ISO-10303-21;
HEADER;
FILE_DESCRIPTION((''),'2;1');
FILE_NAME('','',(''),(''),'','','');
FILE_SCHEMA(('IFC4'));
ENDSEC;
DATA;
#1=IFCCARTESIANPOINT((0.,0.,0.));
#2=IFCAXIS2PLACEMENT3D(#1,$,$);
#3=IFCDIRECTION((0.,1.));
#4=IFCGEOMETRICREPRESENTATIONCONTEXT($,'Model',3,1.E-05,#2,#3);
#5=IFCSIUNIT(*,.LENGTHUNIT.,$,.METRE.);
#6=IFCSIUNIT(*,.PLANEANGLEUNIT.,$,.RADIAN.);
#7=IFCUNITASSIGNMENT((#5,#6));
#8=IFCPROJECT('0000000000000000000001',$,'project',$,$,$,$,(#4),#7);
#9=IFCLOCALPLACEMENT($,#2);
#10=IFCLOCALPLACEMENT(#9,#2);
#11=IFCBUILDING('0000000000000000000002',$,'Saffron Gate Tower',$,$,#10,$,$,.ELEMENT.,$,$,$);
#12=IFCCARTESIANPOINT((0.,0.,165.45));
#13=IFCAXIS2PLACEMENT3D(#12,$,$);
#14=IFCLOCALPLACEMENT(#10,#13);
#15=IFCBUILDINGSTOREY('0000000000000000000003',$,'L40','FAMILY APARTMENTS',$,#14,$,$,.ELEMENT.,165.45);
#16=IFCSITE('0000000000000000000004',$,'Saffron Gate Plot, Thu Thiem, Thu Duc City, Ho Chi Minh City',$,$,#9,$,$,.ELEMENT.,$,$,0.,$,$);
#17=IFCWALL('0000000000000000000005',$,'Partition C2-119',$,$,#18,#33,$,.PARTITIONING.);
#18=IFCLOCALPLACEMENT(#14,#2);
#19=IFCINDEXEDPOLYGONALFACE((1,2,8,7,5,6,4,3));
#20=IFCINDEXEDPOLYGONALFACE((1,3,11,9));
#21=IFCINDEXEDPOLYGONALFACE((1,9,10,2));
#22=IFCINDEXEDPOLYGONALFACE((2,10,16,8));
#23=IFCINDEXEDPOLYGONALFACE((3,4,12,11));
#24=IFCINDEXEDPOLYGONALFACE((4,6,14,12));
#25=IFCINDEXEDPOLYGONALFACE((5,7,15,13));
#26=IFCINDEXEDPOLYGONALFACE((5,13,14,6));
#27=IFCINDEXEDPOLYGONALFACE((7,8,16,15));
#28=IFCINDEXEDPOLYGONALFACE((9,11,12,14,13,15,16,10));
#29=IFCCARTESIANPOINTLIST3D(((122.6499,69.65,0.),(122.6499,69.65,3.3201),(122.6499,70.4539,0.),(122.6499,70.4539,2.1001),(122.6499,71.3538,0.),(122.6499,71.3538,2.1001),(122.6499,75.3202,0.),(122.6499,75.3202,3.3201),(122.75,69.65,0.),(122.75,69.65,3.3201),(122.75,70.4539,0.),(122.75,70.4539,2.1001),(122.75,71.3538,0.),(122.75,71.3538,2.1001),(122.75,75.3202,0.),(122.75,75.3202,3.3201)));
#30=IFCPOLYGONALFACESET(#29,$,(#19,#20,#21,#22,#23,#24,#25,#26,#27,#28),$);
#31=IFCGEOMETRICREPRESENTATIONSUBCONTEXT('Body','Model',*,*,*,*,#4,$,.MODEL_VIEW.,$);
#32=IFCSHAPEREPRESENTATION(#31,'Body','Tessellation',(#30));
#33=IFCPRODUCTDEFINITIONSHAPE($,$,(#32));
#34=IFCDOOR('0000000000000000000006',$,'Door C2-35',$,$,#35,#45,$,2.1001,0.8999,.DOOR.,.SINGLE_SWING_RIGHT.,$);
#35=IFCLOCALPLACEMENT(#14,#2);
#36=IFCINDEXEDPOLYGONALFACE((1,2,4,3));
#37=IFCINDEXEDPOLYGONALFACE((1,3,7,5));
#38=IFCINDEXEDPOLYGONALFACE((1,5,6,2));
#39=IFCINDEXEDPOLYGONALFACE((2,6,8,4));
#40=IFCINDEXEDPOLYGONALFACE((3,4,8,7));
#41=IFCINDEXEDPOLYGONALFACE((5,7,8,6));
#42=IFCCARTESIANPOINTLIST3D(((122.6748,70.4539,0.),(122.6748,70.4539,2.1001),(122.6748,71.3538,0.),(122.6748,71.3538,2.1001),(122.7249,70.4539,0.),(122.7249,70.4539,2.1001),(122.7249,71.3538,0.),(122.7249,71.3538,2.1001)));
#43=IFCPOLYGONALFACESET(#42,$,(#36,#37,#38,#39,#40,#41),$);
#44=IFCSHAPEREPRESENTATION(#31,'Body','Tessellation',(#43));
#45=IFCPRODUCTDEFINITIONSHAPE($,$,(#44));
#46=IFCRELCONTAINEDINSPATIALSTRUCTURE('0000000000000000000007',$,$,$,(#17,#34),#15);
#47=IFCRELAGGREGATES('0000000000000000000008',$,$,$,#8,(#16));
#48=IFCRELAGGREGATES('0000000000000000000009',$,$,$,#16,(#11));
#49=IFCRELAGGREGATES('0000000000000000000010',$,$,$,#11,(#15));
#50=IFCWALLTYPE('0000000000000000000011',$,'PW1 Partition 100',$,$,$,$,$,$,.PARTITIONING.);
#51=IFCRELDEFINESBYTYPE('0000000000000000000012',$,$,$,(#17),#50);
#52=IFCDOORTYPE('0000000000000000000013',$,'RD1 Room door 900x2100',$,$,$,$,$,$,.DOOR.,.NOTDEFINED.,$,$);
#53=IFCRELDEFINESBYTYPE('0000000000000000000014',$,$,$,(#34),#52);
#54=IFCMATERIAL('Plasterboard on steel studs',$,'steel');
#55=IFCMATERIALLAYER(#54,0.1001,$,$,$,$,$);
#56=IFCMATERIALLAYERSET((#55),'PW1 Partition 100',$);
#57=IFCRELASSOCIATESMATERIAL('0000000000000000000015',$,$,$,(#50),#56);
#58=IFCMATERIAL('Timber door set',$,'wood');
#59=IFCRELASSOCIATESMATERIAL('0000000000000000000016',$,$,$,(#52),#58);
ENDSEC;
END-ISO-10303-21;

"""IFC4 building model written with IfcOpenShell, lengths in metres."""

from ifc_helpers import new_model, si_unit, direction, frame, frame_2d, origin, place, context, subcontext, project, spatial, rectangle, extrude, material, layer, layer_set, type_object, element, fill, save


model = new_model("IFC4")

# Units and contexts
model_context = context("Model", 3, precision=1e-05, world=origin(), true_north=direction((0.0, 1.0)))
body_context = subcontext(model_context, "Body", "Model", "MODEL_VIEW")
ifc_project = project(units=[si_unit("LENGTHUNIT", "METRE"), si_unit("PLANEANGLEUNIT", "RADIAN")], contexts=[model_context])

# Site, building, storey
site_placement = place(None, origin())
site = spatial("IfcSite", under=ifc_project, at=site_placement, Name="Saffron Gate Plot, Thu Thiem, Thu Duc City, Ho Chi Minh City", CompositionType="ELEMENT", RefElevation=0.0)
building_placement = place(site_placement, origin())
building = spatial("IfcBuilding", under=site, at=building_placement, Name="Saffron Gate Tower", CompositionType="ELEMENT")
storey_placement = place(building_placement, frame((0.0, 0.0, 165.45)))
storey = spatial("IfcBuildingStorey", under=building, at=storey_placement, Name="L40", Description="FAMILY APARTMENTS", CompositionType="ELEMENT", Elevation=165.45)

# Shared definitions
ifc_material_1 = material(Name="Plasterboard on steel studs", Category="steel")
ifc_layer_1 = layer(ifc_material_1, 0.1001)
ifc_layer_set_1 = layer_set([ifc_layer_1], Name="PW1 Partition 100")
wall_type = type_object("IfcWallType", Name="PW1 Partition 100", PredefinedType="PARTITIONING", material=ifc_layer_set_1)
ifc_material_2 = material(Name="Timber door set", Category="wood")

# Wall, opening, door
wall_1_placement = place(storey_placement, frame((122.7, 75.3201, 0.0), z_axis=(0.0, 0.0, 1.0), x_axis=(0.0, -1.0, 0.0)))
wall_1 = element("IfcWall", 1, at=wall_1_placement, inside=storey, type_object=wall_type, Name="Partition C2-119", PredefinedType="PARTITIONING", context=body_context, shape_type="SweptSolid", body=[
    extrude(rectangle(XDim=5.6702, YDim=0.1001, at=frame_2d((2.835, 0.0))), origin(), (0.0, 0.0, 1.0), 3.3201),
])
opening_1_placement = place(wall_1_placement, frame((3.9663, 0.0, 0.0)))
opening_1 = element("IfcOpeningElement", 2, at=opening_1_placement, cuts=wall_1, PredefinedType="OPENING", context=body_context, shape_type="SweptSolid", body=[
    extrude(rectangle(XDim=0.8999, YDim=2.1001, at=frame_2d((0.45, 1.05))), frame((0.0, 0.0601, 0.0), z_axis=(0.0, -1.0, 0.0), x_axis=(1.0, 0.0, 0.0)), (0.0, 0.0, 1.0), 0.1201),
])
door_type_1 = type_object("IfcDoorType", Name="RD1 Room door 900x2100", OperationType="NOTDEFINED", PredefinedType="DOOR", material=ifc_material_2)
door_1_placement = place(opening_1_placement, origin())
door_1 = element("IfcDoor", 3, at=door_1_placement, inside=storey, type_object=door_type_1, Name="Door C2-35", OperationType="SINGLE_SWING_RIGHT", OverallHeight=2.1001, OverallWidth=0.8999, PredefinedType="DOOR", context=body_context, shape_type="SweptSolid", body=[
    extrude(rectangle(XDim=0.8999, YDim=2.1001, at=frame_2d((0.45, 1.05))), frame((0.0, 0.0249, 0.0), z_axis=(0.0, -1.0, 0.0), x_axis=(1.0, 0.0, 0.0)), (0.0, 0.0, 1.0), 0.05),
])
fill(opening_1, door_1)

save(model, "model.ifc")
